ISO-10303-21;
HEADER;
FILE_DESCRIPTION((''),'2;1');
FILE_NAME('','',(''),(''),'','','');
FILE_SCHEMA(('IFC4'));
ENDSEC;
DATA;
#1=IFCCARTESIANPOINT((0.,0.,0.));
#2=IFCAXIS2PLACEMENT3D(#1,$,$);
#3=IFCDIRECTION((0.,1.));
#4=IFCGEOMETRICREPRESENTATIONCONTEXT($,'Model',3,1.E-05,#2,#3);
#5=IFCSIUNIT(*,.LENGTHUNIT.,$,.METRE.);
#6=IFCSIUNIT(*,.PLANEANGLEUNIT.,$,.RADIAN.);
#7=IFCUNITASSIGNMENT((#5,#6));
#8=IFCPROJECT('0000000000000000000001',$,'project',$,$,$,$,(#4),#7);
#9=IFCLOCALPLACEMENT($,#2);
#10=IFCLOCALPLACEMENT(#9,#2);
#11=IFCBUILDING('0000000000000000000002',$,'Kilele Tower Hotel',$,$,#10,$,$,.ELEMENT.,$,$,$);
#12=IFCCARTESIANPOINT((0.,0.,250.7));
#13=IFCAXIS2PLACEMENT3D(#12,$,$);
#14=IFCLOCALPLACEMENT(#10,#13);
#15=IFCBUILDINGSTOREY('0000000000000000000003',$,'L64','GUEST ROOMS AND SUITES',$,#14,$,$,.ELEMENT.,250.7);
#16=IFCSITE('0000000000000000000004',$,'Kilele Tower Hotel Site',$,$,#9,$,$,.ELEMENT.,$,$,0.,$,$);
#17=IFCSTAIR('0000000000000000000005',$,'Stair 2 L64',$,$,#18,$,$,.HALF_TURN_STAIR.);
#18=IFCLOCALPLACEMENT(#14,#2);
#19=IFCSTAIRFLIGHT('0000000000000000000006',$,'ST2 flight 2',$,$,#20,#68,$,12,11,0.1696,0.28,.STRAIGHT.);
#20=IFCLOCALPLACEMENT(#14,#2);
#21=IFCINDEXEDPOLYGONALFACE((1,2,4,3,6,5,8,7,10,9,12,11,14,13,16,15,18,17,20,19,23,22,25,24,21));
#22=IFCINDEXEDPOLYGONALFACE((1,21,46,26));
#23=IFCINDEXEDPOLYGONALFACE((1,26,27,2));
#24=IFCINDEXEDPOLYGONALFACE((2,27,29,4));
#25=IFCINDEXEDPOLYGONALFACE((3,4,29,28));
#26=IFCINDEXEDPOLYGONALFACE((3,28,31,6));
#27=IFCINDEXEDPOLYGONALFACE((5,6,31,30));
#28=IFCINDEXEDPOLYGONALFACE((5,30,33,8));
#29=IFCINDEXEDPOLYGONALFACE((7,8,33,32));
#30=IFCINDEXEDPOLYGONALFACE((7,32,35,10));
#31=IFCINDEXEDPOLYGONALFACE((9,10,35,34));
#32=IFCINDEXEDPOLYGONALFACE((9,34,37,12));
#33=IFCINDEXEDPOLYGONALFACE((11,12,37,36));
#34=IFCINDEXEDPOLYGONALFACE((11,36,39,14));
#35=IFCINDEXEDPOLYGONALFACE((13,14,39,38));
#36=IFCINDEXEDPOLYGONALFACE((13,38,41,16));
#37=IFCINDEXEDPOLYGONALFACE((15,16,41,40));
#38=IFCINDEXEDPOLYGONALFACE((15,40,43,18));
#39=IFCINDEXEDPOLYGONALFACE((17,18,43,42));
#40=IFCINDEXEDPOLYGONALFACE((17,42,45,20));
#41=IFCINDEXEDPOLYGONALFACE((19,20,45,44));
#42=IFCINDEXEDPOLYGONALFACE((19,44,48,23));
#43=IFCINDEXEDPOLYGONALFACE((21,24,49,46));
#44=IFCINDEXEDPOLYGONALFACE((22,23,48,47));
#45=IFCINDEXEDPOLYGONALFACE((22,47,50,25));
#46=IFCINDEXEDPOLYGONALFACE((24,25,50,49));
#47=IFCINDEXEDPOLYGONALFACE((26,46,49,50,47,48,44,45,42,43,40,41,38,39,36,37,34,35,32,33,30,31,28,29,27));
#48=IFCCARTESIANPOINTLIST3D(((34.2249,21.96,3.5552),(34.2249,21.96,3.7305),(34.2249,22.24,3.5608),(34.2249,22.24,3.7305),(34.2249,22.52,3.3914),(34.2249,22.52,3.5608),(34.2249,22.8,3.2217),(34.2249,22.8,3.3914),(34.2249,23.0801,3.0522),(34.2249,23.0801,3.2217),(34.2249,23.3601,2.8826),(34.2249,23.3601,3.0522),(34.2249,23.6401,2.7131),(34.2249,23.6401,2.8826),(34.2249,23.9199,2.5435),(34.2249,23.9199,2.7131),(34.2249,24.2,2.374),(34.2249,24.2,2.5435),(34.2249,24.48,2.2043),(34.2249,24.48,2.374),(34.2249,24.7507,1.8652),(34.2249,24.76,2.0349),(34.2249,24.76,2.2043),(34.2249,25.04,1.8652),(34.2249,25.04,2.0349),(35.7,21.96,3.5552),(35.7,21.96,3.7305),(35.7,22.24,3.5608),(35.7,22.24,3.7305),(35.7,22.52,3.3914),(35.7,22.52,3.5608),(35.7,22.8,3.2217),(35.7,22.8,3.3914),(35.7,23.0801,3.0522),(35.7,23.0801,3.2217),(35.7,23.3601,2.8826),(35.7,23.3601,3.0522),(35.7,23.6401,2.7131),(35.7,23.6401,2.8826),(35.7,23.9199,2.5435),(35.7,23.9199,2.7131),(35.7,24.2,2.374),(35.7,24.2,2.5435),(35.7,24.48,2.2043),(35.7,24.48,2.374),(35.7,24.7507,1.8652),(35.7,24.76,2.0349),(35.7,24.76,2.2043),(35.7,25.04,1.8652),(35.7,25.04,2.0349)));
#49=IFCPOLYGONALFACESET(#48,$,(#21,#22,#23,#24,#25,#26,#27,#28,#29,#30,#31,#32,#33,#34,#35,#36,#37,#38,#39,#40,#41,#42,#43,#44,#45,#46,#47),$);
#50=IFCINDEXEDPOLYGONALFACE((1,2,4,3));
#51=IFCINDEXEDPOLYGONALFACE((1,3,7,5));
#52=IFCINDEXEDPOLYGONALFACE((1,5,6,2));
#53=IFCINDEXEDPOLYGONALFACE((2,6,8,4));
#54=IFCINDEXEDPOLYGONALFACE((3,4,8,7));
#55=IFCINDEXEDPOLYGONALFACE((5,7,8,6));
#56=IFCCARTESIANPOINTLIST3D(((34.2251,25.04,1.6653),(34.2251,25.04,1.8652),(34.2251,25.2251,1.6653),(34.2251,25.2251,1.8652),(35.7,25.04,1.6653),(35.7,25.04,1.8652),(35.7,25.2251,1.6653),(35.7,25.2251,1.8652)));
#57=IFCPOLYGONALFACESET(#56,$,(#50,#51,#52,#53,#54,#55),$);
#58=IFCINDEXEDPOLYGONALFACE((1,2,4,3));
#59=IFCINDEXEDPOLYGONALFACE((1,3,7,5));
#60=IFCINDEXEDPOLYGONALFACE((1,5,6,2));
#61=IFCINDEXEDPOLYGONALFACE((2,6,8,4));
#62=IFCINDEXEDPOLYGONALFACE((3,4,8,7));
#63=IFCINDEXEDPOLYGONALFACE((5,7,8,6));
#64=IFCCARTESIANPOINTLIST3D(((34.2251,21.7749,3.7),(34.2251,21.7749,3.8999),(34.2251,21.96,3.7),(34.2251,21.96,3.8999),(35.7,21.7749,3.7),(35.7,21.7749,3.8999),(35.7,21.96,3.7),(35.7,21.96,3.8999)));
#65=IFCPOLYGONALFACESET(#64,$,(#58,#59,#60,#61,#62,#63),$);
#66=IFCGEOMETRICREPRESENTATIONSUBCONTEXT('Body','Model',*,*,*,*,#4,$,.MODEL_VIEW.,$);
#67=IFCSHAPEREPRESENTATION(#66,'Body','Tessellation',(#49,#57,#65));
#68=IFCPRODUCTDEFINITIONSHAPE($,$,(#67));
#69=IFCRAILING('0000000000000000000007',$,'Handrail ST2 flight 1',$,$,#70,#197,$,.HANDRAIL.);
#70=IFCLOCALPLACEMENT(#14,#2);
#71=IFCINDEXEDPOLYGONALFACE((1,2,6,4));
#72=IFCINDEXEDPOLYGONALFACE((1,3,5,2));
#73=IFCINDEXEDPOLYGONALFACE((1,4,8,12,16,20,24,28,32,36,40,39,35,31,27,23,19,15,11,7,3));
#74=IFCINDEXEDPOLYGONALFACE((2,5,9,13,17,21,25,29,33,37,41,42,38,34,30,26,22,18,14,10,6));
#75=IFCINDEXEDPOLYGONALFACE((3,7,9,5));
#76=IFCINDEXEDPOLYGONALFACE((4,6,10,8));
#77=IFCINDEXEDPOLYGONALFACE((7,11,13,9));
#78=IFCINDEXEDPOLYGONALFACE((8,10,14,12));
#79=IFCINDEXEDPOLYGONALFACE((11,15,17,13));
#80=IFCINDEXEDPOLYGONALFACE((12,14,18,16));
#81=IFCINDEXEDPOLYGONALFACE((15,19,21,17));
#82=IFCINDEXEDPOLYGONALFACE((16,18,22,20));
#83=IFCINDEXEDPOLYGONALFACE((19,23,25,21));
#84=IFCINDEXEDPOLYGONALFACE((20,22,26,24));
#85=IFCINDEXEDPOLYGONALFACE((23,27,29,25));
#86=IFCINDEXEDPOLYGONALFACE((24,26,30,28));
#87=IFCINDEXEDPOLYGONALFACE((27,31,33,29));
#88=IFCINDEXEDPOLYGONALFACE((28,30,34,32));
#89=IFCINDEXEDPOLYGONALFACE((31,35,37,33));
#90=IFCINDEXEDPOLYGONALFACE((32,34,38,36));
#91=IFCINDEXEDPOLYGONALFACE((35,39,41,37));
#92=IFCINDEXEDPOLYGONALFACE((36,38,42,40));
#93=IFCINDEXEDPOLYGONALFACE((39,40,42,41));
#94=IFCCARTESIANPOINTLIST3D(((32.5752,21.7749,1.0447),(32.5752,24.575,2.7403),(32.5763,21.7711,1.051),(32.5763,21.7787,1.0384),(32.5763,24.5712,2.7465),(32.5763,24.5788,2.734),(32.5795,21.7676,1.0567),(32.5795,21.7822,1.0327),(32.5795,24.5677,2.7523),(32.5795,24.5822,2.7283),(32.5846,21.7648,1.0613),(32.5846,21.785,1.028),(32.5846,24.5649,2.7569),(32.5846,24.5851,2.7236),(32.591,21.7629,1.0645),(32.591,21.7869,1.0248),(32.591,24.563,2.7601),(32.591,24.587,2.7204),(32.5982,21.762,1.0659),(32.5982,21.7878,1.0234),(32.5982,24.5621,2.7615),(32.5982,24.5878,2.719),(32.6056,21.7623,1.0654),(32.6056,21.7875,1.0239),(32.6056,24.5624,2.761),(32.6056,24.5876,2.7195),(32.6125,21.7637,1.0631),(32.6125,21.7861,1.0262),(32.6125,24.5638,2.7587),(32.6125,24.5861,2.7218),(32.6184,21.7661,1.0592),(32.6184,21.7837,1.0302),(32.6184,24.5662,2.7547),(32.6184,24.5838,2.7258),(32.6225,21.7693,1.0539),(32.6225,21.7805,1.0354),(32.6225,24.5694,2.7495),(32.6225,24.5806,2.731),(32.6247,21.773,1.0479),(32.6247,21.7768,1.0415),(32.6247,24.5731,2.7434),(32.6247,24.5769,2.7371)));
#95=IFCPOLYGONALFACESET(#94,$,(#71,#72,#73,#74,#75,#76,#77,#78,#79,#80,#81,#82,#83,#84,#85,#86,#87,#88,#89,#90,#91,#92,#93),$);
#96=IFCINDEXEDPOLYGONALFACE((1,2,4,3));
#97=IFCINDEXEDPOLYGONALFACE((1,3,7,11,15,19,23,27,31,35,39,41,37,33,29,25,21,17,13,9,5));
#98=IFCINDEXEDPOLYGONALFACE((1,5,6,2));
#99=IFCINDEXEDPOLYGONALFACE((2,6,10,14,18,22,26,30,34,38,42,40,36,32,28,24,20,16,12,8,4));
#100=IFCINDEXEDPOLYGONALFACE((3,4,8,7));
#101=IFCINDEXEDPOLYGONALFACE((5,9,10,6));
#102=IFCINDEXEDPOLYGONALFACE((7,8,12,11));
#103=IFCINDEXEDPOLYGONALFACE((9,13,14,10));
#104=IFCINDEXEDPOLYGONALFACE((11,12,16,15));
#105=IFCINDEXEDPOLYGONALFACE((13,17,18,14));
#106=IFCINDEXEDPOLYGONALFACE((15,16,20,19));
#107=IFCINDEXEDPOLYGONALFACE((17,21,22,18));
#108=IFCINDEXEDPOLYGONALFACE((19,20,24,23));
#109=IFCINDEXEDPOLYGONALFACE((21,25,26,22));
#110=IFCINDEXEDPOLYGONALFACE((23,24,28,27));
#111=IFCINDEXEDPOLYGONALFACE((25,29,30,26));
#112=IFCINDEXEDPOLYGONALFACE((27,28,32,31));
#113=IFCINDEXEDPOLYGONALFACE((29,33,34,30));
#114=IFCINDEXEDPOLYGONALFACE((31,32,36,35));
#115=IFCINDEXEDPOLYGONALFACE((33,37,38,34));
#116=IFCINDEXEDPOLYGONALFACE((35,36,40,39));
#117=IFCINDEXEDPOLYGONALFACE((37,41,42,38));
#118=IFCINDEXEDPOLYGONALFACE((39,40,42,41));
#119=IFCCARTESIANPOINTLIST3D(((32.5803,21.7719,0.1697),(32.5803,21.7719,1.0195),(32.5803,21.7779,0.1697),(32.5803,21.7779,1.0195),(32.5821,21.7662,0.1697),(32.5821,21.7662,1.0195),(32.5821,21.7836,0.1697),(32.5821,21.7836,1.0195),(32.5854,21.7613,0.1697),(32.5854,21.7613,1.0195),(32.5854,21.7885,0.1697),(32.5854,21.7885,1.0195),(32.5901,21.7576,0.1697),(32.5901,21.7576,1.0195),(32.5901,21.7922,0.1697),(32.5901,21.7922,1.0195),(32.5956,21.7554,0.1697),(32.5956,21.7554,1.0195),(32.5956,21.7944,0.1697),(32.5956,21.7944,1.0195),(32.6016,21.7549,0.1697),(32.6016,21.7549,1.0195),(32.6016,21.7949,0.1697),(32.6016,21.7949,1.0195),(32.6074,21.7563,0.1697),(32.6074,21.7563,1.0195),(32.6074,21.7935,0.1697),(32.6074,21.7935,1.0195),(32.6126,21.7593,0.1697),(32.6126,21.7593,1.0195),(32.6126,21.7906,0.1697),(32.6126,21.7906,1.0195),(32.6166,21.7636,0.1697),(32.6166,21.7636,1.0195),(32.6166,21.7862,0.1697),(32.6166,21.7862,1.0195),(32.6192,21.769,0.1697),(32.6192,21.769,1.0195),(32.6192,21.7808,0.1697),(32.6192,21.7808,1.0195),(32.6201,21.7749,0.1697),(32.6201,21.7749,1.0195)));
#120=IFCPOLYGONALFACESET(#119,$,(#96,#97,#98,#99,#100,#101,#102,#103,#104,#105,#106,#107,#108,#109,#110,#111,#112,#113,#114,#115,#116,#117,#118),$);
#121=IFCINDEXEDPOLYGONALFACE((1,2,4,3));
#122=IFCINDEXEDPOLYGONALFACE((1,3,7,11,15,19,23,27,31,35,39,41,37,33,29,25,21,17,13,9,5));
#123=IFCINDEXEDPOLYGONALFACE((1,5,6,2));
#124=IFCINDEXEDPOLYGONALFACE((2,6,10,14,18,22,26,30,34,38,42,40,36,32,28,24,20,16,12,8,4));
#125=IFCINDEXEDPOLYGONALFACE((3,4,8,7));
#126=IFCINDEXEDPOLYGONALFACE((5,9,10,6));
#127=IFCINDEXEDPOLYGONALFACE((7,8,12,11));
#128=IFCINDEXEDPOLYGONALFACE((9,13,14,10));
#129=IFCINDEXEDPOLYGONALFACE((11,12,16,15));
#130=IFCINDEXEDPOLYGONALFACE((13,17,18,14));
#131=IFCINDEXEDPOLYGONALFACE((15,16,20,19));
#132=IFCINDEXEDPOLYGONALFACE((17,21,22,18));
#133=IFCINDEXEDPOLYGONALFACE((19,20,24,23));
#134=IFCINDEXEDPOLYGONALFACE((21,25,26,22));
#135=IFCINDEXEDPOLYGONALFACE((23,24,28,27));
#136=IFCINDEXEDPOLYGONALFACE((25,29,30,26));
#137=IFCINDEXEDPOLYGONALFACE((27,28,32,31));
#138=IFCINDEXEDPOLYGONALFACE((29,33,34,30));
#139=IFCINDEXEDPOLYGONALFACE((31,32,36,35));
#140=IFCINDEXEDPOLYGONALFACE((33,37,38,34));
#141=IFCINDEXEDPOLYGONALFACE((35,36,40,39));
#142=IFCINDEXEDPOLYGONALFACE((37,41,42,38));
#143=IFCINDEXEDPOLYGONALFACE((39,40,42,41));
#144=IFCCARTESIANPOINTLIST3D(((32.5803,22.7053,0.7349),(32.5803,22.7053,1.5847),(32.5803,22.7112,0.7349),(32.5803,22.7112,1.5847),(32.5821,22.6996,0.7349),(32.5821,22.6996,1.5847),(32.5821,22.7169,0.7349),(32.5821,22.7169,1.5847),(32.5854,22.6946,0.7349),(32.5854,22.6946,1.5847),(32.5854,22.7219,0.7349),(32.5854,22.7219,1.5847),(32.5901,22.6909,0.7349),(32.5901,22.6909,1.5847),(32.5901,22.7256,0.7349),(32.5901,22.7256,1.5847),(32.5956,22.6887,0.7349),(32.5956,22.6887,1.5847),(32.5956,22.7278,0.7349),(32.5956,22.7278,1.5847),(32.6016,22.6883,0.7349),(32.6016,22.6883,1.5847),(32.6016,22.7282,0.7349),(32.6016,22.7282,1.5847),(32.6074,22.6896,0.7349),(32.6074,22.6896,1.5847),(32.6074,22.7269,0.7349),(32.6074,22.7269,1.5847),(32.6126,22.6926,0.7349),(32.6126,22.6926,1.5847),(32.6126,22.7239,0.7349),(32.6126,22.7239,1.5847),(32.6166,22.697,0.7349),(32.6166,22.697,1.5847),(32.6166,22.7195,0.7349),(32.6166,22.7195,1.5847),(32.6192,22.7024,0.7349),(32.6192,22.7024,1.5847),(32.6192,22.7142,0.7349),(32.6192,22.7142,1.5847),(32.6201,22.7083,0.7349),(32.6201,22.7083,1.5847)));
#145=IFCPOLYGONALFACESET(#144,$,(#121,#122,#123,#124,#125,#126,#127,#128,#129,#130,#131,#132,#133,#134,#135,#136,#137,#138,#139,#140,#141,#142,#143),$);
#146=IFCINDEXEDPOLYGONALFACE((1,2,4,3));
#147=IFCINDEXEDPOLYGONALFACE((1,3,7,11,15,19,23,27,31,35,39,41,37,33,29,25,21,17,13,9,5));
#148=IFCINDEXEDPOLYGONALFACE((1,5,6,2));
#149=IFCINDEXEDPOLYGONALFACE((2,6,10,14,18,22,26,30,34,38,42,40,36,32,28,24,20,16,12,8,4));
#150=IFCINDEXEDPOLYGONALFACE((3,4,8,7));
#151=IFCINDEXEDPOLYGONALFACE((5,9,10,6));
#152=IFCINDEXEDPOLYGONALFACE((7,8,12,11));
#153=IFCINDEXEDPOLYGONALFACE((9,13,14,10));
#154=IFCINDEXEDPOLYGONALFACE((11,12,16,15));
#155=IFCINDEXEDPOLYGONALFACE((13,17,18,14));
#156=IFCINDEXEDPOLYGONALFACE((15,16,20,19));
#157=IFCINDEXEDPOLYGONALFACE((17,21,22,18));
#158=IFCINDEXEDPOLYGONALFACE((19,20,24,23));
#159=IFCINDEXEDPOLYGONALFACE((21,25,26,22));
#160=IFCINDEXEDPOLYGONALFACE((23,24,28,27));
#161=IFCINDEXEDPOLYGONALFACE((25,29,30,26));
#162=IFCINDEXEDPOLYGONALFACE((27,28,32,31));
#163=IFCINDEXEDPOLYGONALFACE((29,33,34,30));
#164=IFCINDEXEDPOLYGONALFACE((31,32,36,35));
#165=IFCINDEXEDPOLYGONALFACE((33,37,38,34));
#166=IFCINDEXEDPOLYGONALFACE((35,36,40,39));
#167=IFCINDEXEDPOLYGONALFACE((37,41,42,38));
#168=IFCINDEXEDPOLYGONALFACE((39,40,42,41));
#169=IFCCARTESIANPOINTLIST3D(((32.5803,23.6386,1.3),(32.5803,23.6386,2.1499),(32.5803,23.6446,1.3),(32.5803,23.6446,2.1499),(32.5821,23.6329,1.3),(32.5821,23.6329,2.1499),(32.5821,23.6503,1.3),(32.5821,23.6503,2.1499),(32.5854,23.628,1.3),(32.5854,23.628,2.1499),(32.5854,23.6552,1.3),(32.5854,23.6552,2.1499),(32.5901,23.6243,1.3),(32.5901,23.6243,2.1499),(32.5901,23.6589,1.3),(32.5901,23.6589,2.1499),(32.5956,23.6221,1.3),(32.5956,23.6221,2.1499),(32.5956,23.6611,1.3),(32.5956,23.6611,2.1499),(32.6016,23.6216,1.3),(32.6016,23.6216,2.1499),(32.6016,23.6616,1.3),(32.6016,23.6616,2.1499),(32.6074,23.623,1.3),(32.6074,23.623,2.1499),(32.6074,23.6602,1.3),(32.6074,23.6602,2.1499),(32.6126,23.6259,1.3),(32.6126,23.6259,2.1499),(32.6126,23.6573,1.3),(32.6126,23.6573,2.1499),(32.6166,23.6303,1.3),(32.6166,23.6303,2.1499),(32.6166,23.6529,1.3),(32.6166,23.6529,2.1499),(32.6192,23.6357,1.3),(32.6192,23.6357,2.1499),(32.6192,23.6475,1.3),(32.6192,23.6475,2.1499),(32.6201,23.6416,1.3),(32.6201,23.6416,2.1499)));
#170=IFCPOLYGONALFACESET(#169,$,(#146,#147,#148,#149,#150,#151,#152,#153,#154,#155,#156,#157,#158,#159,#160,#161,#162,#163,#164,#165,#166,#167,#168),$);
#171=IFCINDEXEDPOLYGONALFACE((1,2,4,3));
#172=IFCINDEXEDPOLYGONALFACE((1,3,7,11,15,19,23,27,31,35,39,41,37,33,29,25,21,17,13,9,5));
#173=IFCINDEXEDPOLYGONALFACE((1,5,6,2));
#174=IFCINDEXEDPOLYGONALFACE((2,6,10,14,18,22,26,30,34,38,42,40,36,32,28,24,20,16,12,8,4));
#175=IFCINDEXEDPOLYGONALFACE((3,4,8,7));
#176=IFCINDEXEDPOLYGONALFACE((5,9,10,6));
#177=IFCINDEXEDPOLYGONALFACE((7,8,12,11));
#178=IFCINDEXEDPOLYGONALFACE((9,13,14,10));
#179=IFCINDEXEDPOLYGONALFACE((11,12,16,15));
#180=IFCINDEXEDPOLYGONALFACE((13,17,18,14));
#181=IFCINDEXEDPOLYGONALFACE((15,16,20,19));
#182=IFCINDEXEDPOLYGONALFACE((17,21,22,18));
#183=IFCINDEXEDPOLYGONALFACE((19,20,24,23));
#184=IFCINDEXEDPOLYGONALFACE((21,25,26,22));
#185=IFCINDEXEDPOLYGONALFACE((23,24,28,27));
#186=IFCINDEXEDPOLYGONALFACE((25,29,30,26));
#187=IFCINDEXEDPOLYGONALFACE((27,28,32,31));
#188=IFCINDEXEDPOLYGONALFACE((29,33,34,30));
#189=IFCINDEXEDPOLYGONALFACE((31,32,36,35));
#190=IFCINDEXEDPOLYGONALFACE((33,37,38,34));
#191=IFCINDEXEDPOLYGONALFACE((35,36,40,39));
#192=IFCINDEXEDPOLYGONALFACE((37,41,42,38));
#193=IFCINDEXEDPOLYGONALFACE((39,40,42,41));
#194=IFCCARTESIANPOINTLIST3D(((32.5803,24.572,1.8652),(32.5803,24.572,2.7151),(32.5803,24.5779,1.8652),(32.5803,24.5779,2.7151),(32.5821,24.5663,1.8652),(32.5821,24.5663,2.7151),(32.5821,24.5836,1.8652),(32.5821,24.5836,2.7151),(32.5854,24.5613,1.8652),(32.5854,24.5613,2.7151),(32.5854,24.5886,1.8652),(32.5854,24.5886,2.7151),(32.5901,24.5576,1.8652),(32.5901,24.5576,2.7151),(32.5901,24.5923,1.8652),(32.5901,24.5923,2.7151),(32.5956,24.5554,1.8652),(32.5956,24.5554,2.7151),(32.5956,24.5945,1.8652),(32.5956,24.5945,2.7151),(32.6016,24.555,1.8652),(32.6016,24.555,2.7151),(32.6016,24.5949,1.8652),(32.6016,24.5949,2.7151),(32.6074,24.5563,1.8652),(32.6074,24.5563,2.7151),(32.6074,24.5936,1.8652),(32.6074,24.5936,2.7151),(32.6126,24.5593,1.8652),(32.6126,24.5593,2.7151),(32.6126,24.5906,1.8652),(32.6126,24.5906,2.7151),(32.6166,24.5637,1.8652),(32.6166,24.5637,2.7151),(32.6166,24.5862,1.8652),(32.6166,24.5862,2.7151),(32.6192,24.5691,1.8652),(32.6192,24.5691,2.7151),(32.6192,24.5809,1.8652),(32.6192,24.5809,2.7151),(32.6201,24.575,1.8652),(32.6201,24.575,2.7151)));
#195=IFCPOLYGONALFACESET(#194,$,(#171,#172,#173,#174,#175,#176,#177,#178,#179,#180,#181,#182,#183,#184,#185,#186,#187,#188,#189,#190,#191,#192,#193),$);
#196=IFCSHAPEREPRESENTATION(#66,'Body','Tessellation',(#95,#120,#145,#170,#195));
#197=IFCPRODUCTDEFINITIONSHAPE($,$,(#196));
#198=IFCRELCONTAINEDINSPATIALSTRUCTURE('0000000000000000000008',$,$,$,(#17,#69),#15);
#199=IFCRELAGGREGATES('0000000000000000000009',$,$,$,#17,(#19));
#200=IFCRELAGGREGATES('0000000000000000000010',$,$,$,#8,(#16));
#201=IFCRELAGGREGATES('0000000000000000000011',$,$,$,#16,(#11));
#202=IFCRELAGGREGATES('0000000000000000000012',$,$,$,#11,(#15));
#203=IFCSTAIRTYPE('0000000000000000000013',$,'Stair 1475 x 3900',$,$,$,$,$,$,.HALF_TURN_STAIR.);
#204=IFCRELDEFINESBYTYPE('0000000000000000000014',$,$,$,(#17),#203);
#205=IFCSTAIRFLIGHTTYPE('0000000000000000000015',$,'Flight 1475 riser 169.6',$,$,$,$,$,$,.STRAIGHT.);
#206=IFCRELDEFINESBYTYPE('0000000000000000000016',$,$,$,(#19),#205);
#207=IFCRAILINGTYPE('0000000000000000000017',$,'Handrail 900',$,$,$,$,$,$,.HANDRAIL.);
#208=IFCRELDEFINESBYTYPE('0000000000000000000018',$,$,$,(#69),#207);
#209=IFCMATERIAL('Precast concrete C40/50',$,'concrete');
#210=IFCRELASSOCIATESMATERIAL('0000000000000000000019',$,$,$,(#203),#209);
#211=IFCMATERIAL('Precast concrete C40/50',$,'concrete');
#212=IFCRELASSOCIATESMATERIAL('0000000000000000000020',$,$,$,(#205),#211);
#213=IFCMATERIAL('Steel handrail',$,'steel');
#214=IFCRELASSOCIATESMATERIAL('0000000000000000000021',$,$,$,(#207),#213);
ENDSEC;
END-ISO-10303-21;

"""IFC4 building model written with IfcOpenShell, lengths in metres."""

from ifc_helpers import new_model, si_unit, direction, frame, origin, origin_2d, place, context, subcontext, project, spatial, polyline, circle, outline, extrude, material, type_object, element, aggregate, save


model = new_model("IFC4")

# Units and contexts
model_context = context("Model", 3, precision=1e-05, world=origin(), true_north=direction((0.0, 1.0)))
body_context = subcontext(model_context, "Body", "Model", "MODEL_VIEW")
ifc_project = project(units=[si_unit("LENGTHUNIT", "METRE"), si_unit("PLANEANGLEUNIT", "RADIAN")], contexts=[model_context])

# Site, building, storey
site_placement = place(None, origin())
site = spatial("IfcSite", under=ifc_project, at=site_placement, Name="Kilele Tower Hotel Site", CompositionType="ELEMENT", RefElevation=0.0)
building_placement = place(site_placement, origin())
building = spatial("IfcBuilding", under=site, at=building_placement, Name="Kilele Tower Hotel", CompositionType="ELEMENT")
storey_placement = place(building_placement, frame((0.0, 0.0, 250.7)))
storey = spatial("IfcBuildingStorey", under=building, at=storey_placement, Name="L64", Description="GUEST ROOMS AND SUITES", CompositionType="ELEMENT", Elevation=250.7)

# Stair, stair flight
ifc_material_1 = material(Name="Precast concrete C40/50", Category="concrete")
stair_type = type_object("IfcStairType", Name="Stair 1475 x 3900", PredefinedType="HALF_TURN_STAIR", material=ifc_material_1)
stair_placement = place(storey_placement, origin())
stair = element("IfcStair", 1, at=stair_placement, inside=storey, type_object=stair_type, Name="Stair 2 L64", PredefinedType="HALF_TURN_STAIR")
ifc_material_2 = material(Name="Precast concrete C40/50", Category="concrete")
stair_flight_type = type_object("IfcStairFlightType", Name="Flight 1475 riser 169.6", PredefinedType="STRAIGHT", material=ifc_material_2)
stair_flight_1_placement = place(storey_placement, frame((34.9624, 25.04, 1.8652), z_axis=(0.0, 0.0, 1.0), x_axis=(0.0, -1.0, 0.0)))
stair_flight_1 = element("IfcStairFlight", 2, at=stair_flight_1_placement, type_object=stair_flight_type, Name="ST2 flight 2", NumberOfRisers=12, NumberOfTreads=11, PredefinedType="STRAIGHT", RiserHeight=0.1696, TreadLength=0.28, context=body_context, shape_type="SweptSolid", body=[
    extrude(outline(polyline([(0.0, 0.0), (0.0, 0.1697), (0.28, 0.1697), (0.28, 0.3391), (0.5601, 0.3391), (0.5601, 0.5088), (0.8401, 0.5088), (0.8401, 0.6782), (1.1201, 0.6782), (1.1201, 0.8479), (1.3999, 0.8479), (1.3999, 1.0173), (1.6799, 1.0173), (1.6799, 1.187), (1.96, 1.187), (1.96, 1.3564), (2.24, 1.3564), (2.24, 1.5261), (2.52, 1.5261), (2.52, 1.6956), (2.8, 1.6956), (2.8, 1.8652), (3.0801, 1.8652), (3.0801, 2.0347), (3.0801, 1.6899), (0.2893, 0.0), (0.0, 0.0)])), frame((0.0, 0.7375, 0.0), z_axis=(0.0, -1.0, 0.0), x_axis=(1.0, 0.0, 0.0)), (0.0, 0.0, 1.0), 1.4751),
    extrude(outline(polyline([(0.0, -0.7373), (0.0, 0.7375), (-0.1851, 0.7375), (-0.1851, -0.7373), (0.0, -0.7373)])), frame((0.0, 0.0, -0.2)), (0.0, 0.0, 1.0), 0.2),
    extrude(outline(polyline([(3.2651, -0.7373), (3.2651, 0.7375), (3.0801, 0.7375), (3.0801, -0.7373), (3.2651, -0.7373)])), frame((0.0, 0.0, 1.8347)), (0.0, 0.0, 1.0), 0.2),
])
aggregate(stair, [stair_flight_1])

# Railing
ifc_material_3 = material(Name="Steel handrail", Category="steel")
railing_type_1 = type_object("IfcRailingType", Name="Handrail 900", PredefinedType="HANDRAIL", material=ifc_material_3)
for number, where, name in (
    (3, (32.6001, 21.7749, 0.1697), "Handrail ST2 flight 1"),
):
    element("IfcRailing", number, at=place(storey_placement, frame(where)), inside=storey, type_object=railing_type_1, Name=name, PredefinedType="HANDRAIL", context=body_context, shape_type="SweptSolid", body=[
        extrude(circle(Radius=0.0249, at=origin_2d()), frame((0.0, 0.0, 0.875), z_axis=(0.0, 0.855393, 0.517979), x_axis=(-1.0, 0.0, 0.0)), (0.0, 0.0, 1.0), 3.2734),
        extrude(circle(Radius=0.02, at=origin_2d()), origin(), (0.0, 0.0, 1.0), 0.8499),
        extrude(circle(Radius=0.02, at=origin_2d()), frame((0.0, 0.9333, 0.5652)), (0.0, 0.0, 1.0), 0.8499),
        extrude(circle(Radius=0.02, at=origin_2d()), frame((0.0, 1.8667, 1.1304)), (0.0, 0.0, 1.0), 0.8499),
        extrude(circle(Radius=0.02, at=origin_2d()), frame((0.0, 2.8, 1.6956)), (0.0, 0.0, 1.0), 0.8499),
    ])

save(model, "model.ifc")
